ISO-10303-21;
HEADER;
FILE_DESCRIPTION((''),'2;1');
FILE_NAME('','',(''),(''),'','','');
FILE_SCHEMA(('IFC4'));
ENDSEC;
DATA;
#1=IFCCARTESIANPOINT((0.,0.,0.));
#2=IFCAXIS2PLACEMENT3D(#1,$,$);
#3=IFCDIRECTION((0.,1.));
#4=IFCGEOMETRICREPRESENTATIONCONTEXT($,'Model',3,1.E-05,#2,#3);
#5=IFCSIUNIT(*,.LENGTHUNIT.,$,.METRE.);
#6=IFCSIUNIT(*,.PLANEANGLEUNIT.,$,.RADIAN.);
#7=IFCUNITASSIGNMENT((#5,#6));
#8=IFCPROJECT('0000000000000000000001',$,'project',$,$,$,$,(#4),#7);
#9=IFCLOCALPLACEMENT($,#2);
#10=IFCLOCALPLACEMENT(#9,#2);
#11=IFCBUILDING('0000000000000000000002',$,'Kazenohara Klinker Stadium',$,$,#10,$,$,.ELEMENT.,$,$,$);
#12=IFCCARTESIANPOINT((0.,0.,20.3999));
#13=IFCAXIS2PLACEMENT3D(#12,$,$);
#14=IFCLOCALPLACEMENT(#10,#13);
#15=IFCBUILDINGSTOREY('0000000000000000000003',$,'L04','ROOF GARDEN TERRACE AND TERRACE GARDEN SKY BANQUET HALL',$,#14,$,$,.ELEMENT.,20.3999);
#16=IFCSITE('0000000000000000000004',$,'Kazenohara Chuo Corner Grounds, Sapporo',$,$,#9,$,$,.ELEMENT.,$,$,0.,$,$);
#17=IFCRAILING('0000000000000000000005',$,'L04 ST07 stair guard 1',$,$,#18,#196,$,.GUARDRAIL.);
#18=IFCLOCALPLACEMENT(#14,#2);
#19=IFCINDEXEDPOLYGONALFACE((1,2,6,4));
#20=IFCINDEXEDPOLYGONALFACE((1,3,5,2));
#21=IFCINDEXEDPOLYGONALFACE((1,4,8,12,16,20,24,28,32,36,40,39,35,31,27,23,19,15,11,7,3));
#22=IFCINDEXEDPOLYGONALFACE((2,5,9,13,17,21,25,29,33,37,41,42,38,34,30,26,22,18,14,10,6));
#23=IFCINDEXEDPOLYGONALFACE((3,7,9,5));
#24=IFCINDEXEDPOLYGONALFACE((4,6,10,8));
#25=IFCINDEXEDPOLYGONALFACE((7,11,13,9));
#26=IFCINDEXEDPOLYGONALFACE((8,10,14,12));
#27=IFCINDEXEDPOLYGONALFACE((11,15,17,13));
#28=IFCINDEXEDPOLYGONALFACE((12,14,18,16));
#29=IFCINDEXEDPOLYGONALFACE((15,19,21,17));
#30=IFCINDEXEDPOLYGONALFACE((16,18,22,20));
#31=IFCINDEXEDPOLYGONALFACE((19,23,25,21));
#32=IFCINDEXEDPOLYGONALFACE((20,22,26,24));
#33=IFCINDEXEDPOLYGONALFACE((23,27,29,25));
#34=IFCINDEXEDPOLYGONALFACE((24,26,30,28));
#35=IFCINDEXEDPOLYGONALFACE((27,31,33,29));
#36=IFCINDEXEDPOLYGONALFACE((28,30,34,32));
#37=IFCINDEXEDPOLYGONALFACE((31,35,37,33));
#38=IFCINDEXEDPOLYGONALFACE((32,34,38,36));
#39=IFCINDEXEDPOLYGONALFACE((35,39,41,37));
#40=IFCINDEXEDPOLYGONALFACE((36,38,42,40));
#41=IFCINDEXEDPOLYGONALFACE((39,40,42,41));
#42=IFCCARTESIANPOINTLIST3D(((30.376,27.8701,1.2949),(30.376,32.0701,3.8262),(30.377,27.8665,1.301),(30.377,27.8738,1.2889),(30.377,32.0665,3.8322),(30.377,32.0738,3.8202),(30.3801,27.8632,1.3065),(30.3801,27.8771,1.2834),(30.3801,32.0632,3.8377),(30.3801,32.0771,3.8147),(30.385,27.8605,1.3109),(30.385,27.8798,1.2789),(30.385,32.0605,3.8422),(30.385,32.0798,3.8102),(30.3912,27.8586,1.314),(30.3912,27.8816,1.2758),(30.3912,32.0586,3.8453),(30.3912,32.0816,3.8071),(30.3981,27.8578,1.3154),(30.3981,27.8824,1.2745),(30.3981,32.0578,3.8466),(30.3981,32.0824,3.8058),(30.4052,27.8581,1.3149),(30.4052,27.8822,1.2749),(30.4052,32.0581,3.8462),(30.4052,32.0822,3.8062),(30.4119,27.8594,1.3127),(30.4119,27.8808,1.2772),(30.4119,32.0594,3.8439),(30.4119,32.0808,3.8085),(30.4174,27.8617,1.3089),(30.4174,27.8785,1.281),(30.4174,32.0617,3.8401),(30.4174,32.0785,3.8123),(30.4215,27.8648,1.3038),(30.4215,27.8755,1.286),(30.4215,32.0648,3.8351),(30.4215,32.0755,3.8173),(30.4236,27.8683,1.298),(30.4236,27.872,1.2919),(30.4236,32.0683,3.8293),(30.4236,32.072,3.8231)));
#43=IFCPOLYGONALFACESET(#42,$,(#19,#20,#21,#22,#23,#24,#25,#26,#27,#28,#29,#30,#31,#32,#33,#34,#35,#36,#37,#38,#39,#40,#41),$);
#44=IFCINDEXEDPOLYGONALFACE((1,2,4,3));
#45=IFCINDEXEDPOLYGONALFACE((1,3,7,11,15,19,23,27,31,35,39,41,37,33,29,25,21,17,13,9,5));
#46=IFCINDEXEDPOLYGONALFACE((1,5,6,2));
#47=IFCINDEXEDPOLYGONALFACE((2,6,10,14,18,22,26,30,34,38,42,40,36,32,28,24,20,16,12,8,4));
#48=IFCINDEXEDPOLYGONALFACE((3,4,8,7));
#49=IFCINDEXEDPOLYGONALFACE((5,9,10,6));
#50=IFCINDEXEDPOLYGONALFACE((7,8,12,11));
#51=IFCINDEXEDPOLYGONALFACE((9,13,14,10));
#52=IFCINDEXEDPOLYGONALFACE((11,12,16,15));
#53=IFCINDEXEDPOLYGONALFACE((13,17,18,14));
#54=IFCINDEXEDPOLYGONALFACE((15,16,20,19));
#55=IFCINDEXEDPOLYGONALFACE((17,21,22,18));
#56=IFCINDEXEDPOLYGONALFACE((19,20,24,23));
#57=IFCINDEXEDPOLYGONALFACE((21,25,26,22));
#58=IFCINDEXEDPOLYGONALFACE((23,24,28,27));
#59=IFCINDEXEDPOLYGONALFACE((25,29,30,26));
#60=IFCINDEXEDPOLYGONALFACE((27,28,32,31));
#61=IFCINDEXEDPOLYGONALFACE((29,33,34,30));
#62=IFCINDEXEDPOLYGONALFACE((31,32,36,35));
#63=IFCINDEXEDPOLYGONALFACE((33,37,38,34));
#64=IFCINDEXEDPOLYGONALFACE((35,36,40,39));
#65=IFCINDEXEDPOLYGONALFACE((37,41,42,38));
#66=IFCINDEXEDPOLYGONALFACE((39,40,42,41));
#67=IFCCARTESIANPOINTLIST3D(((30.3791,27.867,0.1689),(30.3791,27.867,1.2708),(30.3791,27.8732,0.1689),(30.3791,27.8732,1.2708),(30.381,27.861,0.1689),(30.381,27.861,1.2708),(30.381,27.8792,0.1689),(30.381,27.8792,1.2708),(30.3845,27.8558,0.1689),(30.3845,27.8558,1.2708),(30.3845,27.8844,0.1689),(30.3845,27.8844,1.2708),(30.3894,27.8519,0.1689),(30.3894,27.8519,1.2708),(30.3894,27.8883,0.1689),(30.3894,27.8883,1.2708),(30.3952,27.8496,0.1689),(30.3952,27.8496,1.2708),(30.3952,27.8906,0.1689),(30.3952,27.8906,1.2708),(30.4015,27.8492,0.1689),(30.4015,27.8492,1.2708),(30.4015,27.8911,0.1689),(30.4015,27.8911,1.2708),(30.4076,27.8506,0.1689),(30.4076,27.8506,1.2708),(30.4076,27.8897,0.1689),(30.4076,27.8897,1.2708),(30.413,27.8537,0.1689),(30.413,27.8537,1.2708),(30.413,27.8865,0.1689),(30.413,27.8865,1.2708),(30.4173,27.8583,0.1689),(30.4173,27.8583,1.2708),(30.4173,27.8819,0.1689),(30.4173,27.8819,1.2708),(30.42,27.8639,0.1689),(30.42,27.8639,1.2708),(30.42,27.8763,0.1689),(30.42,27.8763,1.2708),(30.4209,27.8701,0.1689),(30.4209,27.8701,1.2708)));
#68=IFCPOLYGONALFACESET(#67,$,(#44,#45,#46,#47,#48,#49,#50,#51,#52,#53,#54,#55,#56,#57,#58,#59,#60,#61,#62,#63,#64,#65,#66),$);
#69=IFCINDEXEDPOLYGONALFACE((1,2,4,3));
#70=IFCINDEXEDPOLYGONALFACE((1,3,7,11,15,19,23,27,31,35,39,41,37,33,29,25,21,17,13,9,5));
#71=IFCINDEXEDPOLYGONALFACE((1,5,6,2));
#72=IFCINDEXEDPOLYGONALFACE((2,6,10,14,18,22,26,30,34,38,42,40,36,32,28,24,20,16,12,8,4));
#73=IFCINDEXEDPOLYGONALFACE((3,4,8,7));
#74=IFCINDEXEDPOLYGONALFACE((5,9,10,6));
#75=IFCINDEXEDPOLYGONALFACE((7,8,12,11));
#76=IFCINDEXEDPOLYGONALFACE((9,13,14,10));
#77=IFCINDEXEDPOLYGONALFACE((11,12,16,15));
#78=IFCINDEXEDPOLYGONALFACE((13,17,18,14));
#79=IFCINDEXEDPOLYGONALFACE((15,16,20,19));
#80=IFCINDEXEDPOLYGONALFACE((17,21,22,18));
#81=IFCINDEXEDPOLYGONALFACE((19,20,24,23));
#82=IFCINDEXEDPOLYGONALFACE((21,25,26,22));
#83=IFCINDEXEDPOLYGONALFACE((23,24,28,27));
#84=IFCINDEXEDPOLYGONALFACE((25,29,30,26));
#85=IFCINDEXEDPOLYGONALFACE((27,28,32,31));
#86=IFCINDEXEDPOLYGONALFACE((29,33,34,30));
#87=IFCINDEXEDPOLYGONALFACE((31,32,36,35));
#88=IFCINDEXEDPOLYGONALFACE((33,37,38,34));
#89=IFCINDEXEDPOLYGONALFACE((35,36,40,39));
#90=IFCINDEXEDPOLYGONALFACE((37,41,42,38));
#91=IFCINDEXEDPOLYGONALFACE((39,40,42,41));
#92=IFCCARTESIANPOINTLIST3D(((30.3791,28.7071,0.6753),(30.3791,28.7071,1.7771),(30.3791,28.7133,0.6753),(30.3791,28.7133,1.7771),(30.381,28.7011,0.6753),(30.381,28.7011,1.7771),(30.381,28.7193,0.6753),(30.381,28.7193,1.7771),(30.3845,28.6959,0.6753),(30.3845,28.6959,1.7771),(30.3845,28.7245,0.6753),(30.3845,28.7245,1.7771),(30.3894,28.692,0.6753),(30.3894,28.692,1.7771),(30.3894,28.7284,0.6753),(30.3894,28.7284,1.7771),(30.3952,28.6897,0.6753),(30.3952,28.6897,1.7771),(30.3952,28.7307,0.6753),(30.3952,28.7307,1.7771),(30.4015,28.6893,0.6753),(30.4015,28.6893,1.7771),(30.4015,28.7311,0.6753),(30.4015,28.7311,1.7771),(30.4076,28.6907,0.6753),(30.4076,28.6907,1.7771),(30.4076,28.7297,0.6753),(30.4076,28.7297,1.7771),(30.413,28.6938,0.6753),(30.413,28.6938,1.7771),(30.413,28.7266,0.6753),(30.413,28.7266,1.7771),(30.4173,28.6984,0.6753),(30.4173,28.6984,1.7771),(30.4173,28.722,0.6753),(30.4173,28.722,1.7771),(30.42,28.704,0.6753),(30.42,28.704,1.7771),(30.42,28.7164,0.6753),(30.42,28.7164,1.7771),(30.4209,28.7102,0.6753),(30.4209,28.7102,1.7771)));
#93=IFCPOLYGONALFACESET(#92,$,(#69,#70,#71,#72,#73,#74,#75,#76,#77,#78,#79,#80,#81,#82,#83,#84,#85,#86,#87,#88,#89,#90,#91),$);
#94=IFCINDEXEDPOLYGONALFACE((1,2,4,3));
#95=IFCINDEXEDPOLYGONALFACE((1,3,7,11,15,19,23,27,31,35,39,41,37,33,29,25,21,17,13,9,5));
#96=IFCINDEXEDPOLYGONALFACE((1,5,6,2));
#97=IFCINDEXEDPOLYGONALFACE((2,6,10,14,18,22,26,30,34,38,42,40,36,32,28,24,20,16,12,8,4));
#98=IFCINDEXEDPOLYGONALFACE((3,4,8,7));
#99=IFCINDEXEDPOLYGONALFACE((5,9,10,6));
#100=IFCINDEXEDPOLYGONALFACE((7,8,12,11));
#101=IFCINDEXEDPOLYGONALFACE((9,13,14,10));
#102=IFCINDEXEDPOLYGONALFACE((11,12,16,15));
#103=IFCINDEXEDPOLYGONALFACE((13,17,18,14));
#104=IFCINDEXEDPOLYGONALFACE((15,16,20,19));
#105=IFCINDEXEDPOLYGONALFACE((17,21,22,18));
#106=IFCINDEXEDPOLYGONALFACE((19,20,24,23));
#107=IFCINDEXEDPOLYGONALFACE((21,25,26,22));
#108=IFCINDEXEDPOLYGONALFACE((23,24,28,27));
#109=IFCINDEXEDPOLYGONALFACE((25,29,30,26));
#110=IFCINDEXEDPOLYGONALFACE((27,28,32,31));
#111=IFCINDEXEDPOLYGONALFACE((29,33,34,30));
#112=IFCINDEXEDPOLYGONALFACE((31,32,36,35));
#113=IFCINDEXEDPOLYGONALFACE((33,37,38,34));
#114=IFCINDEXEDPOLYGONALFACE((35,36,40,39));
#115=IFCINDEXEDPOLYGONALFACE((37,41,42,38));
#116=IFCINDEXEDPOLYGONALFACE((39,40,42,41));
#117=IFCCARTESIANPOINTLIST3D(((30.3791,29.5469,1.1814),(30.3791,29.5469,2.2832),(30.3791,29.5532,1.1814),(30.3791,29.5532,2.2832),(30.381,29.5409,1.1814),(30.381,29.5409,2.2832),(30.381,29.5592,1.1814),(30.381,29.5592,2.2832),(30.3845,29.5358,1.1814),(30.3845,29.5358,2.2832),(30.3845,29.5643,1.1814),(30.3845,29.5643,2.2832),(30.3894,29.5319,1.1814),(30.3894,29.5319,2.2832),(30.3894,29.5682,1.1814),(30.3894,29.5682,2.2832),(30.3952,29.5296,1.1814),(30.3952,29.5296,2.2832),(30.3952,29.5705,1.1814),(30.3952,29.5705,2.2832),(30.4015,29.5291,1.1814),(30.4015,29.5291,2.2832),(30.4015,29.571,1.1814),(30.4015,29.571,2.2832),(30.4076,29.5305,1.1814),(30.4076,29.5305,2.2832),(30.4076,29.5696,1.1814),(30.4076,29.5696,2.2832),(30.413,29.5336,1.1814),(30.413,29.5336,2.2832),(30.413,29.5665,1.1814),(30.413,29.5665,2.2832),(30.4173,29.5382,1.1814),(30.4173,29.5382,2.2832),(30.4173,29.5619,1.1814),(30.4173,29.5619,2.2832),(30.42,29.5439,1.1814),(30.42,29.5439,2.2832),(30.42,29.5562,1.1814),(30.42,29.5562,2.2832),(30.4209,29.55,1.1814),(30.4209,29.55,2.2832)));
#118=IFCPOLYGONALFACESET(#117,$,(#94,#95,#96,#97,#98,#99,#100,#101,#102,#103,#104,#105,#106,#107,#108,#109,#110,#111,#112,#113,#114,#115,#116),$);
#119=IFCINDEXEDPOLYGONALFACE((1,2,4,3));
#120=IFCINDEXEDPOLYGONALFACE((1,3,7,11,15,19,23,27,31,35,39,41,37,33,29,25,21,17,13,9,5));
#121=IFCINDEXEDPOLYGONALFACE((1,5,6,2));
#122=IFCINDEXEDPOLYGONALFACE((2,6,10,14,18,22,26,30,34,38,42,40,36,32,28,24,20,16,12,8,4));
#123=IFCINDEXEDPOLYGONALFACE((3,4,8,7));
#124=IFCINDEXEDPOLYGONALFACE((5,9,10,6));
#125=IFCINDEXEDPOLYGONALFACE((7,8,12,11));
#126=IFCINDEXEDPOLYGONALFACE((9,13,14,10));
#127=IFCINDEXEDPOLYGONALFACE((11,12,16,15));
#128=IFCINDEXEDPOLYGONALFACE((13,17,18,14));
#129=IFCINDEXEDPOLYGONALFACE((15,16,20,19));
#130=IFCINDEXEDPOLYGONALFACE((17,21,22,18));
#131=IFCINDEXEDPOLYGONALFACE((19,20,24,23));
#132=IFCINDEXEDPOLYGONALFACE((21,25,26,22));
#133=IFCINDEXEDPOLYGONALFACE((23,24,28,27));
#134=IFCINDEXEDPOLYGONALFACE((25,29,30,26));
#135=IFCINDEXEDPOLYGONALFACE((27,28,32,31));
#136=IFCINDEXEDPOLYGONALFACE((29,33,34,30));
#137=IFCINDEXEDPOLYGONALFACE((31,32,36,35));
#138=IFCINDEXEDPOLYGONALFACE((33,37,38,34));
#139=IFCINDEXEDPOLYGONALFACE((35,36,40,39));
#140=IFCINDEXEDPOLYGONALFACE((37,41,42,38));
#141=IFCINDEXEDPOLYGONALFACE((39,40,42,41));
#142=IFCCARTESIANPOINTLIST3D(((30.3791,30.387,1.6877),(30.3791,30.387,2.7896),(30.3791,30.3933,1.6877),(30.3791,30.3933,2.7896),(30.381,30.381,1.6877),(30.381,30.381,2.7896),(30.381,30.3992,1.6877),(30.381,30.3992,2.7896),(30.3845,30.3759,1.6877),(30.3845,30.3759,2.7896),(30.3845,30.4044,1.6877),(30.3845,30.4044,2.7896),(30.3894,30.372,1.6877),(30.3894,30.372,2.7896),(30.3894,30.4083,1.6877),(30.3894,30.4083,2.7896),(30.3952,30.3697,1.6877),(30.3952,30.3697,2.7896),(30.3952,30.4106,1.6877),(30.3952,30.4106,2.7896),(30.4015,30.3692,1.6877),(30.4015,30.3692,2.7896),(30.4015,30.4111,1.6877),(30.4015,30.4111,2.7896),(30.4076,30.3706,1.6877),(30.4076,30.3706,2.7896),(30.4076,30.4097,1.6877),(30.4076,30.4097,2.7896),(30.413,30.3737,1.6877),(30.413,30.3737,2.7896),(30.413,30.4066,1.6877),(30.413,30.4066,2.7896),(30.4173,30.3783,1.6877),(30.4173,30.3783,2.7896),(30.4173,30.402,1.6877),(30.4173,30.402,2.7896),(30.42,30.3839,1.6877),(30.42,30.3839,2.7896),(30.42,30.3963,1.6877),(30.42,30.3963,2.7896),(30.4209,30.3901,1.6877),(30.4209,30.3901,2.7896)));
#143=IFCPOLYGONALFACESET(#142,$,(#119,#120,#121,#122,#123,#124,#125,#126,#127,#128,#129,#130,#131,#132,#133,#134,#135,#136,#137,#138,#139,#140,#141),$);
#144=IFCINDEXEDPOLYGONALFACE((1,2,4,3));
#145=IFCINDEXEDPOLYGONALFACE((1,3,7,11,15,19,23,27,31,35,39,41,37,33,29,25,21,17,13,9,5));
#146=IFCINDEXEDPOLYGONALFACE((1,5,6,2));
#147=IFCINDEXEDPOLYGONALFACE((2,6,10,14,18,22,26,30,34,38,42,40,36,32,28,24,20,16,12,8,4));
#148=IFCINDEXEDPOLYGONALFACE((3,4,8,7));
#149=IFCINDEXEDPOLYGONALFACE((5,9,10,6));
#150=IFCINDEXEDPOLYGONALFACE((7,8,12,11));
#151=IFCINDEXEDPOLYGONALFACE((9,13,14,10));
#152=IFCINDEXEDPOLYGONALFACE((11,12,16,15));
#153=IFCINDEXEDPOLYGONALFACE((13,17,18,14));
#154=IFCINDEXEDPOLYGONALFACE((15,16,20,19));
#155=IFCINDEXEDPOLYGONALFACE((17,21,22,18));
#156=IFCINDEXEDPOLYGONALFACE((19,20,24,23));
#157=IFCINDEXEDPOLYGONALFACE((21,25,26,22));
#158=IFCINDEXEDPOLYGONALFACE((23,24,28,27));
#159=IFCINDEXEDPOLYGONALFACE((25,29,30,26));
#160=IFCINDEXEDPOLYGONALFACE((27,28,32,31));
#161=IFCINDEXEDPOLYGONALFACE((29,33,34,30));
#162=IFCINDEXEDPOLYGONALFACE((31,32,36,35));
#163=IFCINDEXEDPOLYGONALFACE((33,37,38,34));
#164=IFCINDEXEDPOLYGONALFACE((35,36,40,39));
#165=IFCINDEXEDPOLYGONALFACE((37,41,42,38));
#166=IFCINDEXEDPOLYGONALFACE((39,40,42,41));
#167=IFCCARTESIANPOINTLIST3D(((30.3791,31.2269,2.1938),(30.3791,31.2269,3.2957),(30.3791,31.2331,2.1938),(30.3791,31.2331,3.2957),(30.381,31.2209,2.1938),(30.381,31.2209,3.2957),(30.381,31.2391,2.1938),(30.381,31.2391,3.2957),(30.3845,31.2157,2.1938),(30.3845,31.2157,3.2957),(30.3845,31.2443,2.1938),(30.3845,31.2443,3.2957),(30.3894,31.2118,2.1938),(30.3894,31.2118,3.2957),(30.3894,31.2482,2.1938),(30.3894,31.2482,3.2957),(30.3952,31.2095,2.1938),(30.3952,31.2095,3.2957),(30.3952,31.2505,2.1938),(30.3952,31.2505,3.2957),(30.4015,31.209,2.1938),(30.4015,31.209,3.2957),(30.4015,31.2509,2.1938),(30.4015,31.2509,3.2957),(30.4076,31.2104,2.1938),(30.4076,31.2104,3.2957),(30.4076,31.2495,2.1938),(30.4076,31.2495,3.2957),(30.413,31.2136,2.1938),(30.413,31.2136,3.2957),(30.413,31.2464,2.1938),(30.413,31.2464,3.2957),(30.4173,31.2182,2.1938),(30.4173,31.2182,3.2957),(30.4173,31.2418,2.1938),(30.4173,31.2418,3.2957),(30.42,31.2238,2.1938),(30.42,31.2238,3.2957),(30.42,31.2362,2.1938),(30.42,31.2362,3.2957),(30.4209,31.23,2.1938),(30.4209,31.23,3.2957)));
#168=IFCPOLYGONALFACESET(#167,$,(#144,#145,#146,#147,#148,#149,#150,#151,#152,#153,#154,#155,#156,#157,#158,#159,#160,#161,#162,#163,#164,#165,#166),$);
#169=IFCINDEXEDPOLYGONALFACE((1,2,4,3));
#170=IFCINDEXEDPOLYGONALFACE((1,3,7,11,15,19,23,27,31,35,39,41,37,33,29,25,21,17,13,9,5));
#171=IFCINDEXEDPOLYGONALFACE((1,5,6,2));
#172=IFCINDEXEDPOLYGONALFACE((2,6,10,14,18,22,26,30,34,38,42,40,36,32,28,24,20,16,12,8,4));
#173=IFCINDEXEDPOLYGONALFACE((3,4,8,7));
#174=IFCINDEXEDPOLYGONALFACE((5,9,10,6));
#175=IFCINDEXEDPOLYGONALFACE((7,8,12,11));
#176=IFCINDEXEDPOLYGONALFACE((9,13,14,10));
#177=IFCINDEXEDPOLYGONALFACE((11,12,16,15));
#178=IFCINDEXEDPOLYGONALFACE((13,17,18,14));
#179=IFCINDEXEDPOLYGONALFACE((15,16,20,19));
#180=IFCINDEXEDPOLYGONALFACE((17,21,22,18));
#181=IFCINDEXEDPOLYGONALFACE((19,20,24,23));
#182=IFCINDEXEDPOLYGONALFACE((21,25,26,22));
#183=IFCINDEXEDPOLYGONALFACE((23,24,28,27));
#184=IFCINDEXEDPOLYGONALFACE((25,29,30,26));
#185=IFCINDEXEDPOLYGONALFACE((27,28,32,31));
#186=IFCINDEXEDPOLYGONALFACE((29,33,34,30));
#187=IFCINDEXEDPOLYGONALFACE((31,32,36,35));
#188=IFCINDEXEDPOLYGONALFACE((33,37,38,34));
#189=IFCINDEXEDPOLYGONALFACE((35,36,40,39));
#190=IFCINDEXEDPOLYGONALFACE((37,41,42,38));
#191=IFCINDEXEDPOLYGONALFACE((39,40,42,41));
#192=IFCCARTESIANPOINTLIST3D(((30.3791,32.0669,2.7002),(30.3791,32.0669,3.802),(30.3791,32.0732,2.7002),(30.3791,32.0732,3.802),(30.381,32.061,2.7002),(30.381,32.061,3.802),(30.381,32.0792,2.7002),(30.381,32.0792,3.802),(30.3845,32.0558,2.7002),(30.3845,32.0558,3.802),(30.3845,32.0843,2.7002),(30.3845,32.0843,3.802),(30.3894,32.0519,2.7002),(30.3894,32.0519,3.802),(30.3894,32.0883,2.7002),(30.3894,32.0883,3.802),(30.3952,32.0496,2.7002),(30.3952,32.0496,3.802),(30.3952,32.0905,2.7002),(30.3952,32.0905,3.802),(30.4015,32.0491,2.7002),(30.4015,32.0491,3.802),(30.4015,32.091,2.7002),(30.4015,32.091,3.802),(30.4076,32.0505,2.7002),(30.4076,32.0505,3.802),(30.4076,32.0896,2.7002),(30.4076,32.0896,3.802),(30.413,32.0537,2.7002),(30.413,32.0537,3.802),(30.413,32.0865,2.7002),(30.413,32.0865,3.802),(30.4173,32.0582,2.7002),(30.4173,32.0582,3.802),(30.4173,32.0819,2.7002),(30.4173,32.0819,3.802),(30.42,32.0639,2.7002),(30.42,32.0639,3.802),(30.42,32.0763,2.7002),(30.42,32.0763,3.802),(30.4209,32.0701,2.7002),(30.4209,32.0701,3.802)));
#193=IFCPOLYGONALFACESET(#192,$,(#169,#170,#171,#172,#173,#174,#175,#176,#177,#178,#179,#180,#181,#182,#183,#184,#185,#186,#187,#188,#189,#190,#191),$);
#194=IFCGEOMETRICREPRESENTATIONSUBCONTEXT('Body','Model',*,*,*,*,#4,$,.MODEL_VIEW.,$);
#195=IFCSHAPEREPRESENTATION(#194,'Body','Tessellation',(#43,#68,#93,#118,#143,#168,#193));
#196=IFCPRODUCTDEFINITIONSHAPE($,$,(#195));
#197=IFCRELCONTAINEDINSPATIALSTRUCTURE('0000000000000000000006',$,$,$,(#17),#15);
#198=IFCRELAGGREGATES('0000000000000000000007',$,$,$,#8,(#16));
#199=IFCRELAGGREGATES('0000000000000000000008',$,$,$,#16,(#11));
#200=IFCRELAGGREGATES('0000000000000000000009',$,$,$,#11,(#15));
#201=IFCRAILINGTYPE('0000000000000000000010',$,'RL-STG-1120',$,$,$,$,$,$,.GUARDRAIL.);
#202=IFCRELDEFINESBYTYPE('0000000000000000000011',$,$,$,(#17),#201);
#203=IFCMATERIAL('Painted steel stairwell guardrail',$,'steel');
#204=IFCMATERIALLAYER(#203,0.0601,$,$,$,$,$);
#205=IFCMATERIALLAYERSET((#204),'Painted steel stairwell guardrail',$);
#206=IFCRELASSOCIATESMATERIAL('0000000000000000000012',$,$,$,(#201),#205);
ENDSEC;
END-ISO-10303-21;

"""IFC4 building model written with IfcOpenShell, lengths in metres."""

from ifc_helpers import new_model, si_unit, direction, frame, origin, origin_2d, place, context, subcontext, project, spatial, circle, extrude, material, layer, layer_set, type_object, element, save


model = new_model("IFC4")

# Units and contexts
model_context = context("Model", 3, precision=1e-05, world=origin(), true_north=direction((0.0, 1.0)))
body_context = subcontext(model_context, "Body", "Model", "MODEL_VIEW")
ifc_project = project(units=[si_unit("LENGTHUNIT", "METRE"), si_unit("PLANEANGLEUNIT", "RADIAN")], contexts=[model_context])

# Site, building, storey
site_placement = place(None, origin())
site = spatial("IfcSite", under=ifc_project, at=site_placement, Name="Kazenohara Chuo Corner Grounds, Sapporo", CompositionType="ELEMENT", RefElevation=0.0)
building_placement = place(site_placement, origin())
building = spatial("IfcBuilding", under=site, at=building_placement, Name="Kazenohara Klinker Stadium", CompositionType="ELEMENT")
storey_placement = place(building_placement, frame((0.0, 0.0, 20.3999)))
storey = spatial("IfcBuildingStorey", under=building, at=storey_placement, Name="L04", Description="ROOF GARDEN TERRACE AND TERRACE GARDEN SKY BANQUET HALL", CompositionType="ELEMENT", Elevation=20.3999)

# Railing
ifc_material_1 = material(Name="Painted steel stairwell guardrail", Category="steel")
ifc_layer_1 = layer(ifc_material_1, 0.0601)
ifc_layer_set_1 = layer_set([ifc_layer_1], Name="Painted steel stairwell guardrail")
railing_type_1 = type_object("IfcRailingType", Name="RL-STG-1120", PredefinedType="GUARDRAIL", material=ifc_layer_set_1)
railing_1_placement = place(storey_placement, frame((30.3999, 27.8701, 0.1689)))
element("IfcRailing", 1, at=railing_1_placement, inside=storey, type_object=railing_type_1, Name="L04 ST07 stair guard 1", PredefinedType="GUARDRAIL", context=body_context, shape_type="SweptSolid", body=[
    extrude(circle(Radius=0.0239, at=origin_2d()), frame((0.0, 0.0, 1.126), z_axis=(0.0, 0.856476, 0.516186), x_axis=(-1.0, 0.0, 0.0)), (0.0, 0.0, 1.0), 4.9038),
    extrude(circle(Radius=0.021, at=origin_2d()), origin(), (0.0, 0.0, 1.0), 1.1018),
    extrude(circle(Radius=0.021, at=origin_2d()), frame((0.0, 0.8401, 0.5063)), (0.0, 0.0, 1.0), 1.1018),
    extrude(circle(Radius=0.021, at=origin_2d()), frame((0.0, 1.6799, 1.0125)), (0.0, 0.0, 1.0), 1.1018),
    extrude(circle(Radius=0.021, at=origin_2d()), frame((0.0, 2.52, 1.5188)), (0.0, 0.0, 1.0), 1.1018),
    extrude(circle(Radius=0.021, at=origin_2d()), frame((0.0, 3.3599, 2.0249)), (0.0, 0.0, 1.0), 1.1018),
    extrude(circle(Radius=0.021, at=origin_2d()), frame((0.0, 4.2, 2.5312)), (0.0, 0.0, 1.0), 1.1018),
])

save(model, "model.ifc")
